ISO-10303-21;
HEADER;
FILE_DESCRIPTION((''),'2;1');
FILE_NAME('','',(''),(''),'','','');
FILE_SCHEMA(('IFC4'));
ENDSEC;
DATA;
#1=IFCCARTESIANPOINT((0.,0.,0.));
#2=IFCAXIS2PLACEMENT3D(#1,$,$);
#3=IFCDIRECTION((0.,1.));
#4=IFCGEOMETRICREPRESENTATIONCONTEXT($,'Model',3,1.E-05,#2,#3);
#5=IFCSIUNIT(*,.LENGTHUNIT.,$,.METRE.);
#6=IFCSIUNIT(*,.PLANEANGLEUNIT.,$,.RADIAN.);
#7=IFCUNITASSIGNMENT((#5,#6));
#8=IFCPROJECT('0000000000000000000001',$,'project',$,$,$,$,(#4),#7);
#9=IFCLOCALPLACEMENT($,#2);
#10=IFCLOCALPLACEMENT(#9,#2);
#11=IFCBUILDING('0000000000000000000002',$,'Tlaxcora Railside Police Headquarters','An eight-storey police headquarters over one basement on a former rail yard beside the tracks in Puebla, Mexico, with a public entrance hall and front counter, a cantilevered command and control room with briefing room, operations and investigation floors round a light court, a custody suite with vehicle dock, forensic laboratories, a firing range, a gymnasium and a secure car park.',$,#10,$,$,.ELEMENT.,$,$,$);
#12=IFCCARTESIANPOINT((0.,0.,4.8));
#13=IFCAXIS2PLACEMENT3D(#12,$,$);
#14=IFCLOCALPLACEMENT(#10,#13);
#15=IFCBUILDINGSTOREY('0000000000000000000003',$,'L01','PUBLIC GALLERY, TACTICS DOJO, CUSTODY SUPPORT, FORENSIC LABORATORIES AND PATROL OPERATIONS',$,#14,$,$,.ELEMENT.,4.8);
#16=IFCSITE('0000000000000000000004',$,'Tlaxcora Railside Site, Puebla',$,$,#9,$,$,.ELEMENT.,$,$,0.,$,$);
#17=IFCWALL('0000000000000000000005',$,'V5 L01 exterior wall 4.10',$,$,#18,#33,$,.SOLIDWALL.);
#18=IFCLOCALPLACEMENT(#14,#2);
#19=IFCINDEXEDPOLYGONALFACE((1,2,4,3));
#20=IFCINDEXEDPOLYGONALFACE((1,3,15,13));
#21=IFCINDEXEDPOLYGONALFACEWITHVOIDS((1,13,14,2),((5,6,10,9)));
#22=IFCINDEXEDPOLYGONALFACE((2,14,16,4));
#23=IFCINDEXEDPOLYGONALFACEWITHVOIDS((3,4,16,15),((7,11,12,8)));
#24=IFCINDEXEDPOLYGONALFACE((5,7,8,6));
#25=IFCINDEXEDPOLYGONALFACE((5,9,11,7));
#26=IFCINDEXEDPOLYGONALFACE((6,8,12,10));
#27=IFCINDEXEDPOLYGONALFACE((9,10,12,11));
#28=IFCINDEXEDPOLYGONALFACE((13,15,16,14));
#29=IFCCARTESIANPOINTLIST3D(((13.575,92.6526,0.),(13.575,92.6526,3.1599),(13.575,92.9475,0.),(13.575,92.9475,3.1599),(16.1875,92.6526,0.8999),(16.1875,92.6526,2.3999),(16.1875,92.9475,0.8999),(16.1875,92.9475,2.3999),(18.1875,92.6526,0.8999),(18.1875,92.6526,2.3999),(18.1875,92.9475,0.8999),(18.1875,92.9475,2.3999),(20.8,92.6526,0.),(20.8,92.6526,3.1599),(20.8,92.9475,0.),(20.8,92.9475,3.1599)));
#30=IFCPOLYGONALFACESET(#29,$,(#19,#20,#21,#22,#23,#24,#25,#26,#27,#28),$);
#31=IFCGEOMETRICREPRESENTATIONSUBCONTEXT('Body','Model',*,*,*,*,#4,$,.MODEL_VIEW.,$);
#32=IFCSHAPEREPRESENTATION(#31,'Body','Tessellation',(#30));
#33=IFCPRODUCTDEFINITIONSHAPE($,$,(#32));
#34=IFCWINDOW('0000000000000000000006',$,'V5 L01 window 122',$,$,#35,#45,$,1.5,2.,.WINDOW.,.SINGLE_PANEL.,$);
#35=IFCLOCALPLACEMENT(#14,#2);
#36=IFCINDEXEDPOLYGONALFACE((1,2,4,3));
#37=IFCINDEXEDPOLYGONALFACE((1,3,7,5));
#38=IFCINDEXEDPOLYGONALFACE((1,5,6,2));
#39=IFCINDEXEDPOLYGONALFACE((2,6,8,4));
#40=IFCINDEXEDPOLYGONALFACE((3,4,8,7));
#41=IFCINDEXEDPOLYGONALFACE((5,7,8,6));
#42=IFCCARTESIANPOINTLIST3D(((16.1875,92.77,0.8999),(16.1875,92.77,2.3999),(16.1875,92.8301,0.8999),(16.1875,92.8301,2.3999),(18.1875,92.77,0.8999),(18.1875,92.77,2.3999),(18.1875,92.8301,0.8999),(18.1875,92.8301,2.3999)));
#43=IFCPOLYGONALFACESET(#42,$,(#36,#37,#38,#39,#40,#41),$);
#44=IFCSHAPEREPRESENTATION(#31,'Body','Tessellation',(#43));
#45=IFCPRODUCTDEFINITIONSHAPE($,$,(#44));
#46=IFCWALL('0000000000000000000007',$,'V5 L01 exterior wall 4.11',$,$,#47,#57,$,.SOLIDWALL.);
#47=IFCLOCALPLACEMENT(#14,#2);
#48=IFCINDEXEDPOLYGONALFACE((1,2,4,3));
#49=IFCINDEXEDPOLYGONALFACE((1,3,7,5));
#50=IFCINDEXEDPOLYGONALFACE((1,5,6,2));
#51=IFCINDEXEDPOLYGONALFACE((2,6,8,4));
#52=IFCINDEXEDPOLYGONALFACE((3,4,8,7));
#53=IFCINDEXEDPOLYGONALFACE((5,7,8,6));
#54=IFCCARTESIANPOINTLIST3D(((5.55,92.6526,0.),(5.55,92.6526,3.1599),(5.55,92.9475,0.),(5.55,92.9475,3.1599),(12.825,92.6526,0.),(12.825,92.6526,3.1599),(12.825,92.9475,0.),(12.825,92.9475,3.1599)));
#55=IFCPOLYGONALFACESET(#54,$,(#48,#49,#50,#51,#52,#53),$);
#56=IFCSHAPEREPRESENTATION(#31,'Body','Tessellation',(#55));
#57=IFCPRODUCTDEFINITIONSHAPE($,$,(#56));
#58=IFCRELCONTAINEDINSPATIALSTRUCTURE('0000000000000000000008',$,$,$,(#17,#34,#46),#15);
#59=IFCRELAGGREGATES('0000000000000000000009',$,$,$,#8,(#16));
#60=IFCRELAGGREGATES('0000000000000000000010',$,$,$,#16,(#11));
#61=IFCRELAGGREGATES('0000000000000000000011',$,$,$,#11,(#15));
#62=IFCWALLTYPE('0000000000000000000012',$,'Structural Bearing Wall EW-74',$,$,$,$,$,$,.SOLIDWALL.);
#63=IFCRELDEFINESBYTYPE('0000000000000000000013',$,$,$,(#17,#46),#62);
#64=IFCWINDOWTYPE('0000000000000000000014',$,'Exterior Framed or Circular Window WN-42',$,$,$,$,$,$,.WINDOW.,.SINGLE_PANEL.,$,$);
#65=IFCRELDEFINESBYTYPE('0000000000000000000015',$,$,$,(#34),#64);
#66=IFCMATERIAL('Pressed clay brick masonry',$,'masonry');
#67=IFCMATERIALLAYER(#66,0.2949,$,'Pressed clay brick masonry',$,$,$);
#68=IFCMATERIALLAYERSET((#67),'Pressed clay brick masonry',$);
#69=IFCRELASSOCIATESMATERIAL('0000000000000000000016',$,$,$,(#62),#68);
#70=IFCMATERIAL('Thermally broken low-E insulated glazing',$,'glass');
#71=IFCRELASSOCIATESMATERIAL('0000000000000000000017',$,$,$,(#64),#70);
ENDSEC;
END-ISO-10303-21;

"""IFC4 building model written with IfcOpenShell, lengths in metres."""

from ifc_helpers import new_model, si_unit, direction, frame, frame_2d, origin, place, context, subcontext, project, spatial, rectangle, extrude, material, layer, layer_set, type_object, element, fill, save


model = new_model("IFC4")

# Units and contexts
model_context = context("Model", 3, precision=1e-05, world=origin(), true_north=direction((0.0, 1.0)))
body_context = subcontext(model_context, "Body", "Model", "MODEL_VIEW")
ifc_project = project(units=[si_unit("LENGTHUNIT", "METRE"), si_unit("PLANEANGLEUNIT", "RADIAN")], contexts=[model_context])

# Site, building, storey
site_placement = place(None, origin())
site = spatial("IfcSite", under=ifc_project, at=site_placement, Name="Tlaxcora Railside Site, Puebla", CompositionType="ELEMENT", RefElevation=0.0)
building_placement = place(site_placement, origin())
building = spatial("IfcBuilding", under=site, at=building_placement, Name="Tlaxcora Railside Police Headquarters", Description="An eight-storey police headquarters over one basement on a former rail yard beside the tracks in Puebla, Mexico, with a public entrance hall and front counter, a cantilevered command and control room with briefing room, operations and investigation floors round a light court, a custody suite with vehicle dock, forensic laboratories, a firing range, a gymnasium and a secure car park.", CompositionType="ELEMENT")
storey_placement = place(building_placement, frame((0.0, 0.0, 4.8)))
storey = spatial("IfcBuildingStorey", under=building, at=storey_placement, Name="L01", Description="PUBLIC GALLERY, TACTICS DOJO, CUSTODY SUPPORT, FORENSIC LABORATORIES AND PATROL OPERATIONS", CompositionType="ELEMENT", Elevation=4.8)

# Wall, opening, window
ifc_material_1 = material(Name="Pressed clay brick masonry", Category="masonry")
ifc_layer_1 = layer(ifc_material_1, 0.2949, Name="Pressed clay brick masonry")
ifc_layer_set_1 = layer_set([ifc_layer_1], Name="Pressed clay brick masonry")
wall_type = type_object("IfcWallType", Name="Structural Bearing Wall EW-74", PredefinedType="SOLIDWALL", material=ifc_layer_set_1)
wall_1_placement = place(storey_placement, frame((20.8, 92.8, 0.0), z_axis=(0.0, 0.0, 1.0), x_axis=(-1.0, 0.0, 0.0)))
wall_1 = element("IfcWall", 1, at=wall_1_placement, inside=storey, type_object=wall_type, Name="V5 L01 exterior wall 4.10", PredefinedType="SOLIDWALL", context=body_context, shape_type="SweptSolid", body=[
    extrude(rectangle(XDim=7.2251, YDim=0.2949, at=frame_2d((3.6125, 0.0))), origin(), (0.0, 0.0, 1.0), 3.1599),
])
opening_placement = place(wall_1_placement, frame((2.6125, 0.0, 0.8999)))
opening = element("IfcOpeningElement", 2, at=opening_placement, cuts=wall_1, PredefinedType="OPENING", context=body_context, shape_type="SweptSolid", body=[
    extrude(rectangle(XDim=2.0, YDim=1.5, at=frame_2d((1.0, 0.75))), frame((0.0, 0.1575, 0.0), z_axis=(0.0, -1.0, 0.0), x_axis=(1.0, 0.0, 0.0)), (0.0, 0.0, 1.0), 0.3149),
])
ifc_material_2 = material(Name="Thermally broken low-E insulated glazing", Category="glass")
window_type = type_object("IfcWindowType", Name="Exterior Framed or Circular Window WN-42", PartitioningType="SINGLE_PANEL", PredefinedType="WINDOW", material=ifc_material_2)
window_placement = place(opening_placement, origin())
window = element("IfcWindow", 3, at=window_placement, inside=storey, type_object=window_type, Name="V5 L01 window 122", OverallHeight=1.5, OverallWidth=2.0, PartitioningType="SINGLE_PANEL", PredefinedType="WINDOW", context=body_context, shape_type="SweptSolid", body=[
    extrude(rectangle(XDim=2.0, YDim=1.5, at=frame_2d((1.0, 0.75))), frame((0.0, 0.03, 0.0), z_axis=(0.0, -1.0, 0.0), x_axis=(1.0, 0.0, 0.0)), (0.0, 0.0, 1.0), 0.0601),
])
fill(opening, window)

# Wall
wall_2_placement = place(storey_placement, frame((12.825, 92.8, 0.0), z_axis=(0.0, 0.0, 1.0), x_axis=(-1.0, 0.0, 0.0)))
element("IfcWall", 4, at=wall_2_placement, inside=storey, type_object=wall_type, Name="V5 L01 exterior wall 4.11", PredefinedType="SOLIDWALL", context=body_context, shape_type="SweptSolid", body=[
    extrude(rectangle(XDim=7.2749, YDim=0.2949, at=frame_2d((3.6375, 0.0))), origin(), (0.0, 0.0, 1.0), 3.1599),
])

save(model, "model.ifc")
